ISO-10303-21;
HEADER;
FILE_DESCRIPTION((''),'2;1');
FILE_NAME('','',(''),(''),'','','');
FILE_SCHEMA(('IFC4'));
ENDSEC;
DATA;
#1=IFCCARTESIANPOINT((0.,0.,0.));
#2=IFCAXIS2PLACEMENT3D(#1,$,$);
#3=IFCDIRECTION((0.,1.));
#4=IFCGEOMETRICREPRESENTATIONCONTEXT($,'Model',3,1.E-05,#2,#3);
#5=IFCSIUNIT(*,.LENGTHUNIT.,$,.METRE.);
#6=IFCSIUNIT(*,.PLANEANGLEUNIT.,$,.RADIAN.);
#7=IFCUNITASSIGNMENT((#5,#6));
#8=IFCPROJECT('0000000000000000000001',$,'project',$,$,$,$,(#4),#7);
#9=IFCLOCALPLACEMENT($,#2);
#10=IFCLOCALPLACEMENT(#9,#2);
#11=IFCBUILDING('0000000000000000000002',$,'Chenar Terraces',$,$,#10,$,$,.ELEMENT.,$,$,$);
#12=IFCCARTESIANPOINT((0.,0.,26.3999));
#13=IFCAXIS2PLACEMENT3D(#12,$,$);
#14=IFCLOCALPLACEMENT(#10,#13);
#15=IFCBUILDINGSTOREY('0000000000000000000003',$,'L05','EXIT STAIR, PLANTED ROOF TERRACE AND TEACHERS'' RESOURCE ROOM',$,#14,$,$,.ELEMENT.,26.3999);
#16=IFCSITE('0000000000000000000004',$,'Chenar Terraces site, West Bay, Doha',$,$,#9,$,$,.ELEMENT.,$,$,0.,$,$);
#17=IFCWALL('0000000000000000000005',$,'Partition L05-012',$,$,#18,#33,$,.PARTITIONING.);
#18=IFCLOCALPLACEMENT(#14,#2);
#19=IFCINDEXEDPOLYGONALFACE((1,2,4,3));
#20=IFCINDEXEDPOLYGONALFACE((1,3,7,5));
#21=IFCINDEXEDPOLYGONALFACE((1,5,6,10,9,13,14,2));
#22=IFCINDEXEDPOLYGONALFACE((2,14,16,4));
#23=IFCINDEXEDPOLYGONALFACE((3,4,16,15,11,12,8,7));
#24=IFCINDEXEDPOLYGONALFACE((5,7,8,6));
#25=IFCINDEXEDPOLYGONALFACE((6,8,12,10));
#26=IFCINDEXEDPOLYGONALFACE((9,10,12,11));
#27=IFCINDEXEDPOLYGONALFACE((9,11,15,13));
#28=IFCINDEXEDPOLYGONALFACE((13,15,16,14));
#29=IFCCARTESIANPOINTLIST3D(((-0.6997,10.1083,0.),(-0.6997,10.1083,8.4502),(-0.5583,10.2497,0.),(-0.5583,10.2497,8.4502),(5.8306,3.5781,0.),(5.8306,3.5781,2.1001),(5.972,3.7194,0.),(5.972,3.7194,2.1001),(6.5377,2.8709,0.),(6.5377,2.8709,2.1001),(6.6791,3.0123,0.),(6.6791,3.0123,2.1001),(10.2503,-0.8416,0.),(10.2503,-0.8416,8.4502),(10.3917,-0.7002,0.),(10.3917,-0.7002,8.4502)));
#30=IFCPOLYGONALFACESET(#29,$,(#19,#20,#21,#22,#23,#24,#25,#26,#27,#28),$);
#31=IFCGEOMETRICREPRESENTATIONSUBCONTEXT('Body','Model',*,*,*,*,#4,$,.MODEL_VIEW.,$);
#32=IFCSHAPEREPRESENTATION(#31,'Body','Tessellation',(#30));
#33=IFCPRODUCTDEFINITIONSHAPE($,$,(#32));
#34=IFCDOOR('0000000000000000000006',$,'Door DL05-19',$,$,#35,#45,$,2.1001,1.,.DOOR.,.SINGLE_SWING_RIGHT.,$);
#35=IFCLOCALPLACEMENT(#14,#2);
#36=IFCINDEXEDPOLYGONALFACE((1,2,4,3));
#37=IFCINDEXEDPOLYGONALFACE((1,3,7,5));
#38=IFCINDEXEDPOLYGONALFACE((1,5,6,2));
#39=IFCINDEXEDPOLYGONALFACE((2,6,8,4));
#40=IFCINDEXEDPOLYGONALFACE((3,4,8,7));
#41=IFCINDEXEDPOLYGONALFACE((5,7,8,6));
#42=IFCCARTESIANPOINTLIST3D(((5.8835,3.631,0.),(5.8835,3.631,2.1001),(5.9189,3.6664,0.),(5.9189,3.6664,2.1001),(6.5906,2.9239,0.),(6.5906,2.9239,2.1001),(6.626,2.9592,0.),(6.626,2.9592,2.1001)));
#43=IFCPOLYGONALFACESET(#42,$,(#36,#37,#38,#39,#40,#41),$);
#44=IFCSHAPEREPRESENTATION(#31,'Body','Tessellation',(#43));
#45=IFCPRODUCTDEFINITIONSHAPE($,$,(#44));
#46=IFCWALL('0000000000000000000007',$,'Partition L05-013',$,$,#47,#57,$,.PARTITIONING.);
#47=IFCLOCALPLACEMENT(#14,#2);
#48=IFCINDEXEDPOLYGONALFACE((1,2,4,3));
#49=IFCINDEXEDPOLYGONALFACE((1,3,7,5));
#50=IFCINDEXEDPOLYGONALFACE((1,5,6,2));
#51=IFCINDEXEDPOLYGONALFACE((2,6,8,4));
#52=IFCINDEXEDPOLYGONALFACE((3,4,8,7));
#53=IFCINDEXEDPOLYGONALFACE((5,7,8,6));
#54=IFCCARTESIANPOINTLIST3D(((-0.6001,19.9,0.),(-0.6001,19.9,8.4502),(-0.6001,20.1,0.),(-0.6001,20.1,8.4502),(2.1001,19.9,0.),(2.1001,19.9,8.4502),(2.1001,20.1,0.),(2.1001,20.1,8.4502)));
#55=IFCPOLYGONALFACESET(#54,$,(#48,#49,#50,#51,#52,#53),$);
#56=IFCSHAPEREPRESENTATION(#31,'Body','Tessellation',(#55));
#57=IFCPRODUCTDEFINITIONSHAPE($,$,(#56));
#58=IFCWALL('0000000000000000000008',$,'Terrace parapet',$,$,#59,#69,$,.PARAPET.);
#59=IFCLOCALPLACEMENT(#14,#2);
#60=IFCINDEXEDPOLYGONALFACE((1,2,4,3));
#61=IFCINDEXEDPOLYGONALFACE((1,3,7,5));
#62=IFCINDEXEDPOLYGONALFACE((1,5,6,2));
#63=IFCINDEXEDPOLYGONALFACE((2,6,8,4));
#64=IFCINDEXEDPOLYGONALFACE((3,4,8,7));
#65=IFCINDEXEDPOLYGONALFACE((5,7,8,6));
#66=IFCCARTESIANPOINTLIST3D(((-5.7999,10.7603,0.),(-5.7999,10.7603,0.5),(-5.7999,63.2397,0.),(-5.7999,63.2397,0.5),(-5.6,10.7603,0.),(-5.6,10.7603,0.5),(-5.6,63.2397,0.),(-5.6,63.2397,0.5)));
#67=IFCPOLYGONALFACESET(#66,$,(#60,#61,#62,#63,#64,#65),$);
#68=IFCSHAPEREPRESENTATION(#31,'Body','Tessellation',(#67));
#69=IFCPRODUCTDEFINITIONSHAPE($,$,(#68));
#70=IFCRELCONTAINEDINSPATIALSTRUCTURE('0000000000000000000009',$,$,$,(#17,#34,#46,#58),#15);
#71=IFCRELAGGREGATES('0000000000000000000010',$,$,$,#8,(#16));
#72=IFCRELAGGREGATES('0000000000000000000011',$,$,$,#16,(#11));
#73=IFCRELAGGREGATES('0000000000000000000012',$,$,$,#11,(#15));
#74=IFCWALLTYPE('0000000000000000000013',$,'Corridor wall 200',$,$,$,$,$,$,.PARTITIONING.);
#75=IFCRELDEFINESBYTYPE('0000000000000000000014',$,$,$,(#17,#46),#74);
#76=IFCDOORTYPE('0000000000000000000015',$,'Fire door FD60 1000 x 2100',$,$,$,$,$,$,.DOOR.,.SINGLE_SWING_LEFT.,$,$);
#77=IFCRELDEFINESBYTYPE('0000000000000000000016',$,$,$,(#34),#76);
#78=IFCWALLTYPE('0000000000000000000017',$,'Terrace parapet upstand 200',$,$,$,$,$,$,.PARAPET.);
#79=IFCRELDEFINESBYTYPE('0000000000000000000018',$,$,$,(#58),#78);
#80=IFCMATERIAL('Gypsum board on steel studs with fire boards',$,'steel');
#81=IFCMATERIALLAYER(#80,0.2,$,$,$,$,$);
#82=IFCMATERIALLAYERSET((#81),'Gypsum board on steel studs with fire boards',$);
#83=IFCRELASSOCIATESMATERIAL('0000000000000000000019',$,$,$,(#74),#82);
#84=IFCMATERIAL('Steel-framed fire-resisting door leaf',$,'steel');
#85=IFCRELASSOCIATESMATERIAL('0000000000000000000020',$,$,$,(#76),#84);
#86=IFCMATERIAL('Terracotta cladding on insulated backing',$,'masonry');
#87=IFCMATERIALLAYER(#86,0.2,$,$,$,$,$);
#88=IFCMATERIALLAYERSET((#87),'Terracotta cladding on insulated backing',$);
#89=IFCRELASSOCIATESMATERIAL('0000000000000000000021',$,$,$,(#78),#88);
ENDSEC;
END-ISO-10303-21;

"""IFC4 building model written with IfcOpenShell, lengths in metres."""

from ifc_helpers import new_model, si_unit, direction, frame, frame_2d, origin, place, context, subcontext, project, spatial, rectangle, extrude, material, layer, layer_set, type_object, element, fill, save


model = new_model("IFC4")

# Units and contexts
model_context = context("Model", 3, precision=1e-05, world=origin(), true_north=direction((0.0, 1.0)))
body_context = subcontext(model_context, "Body", "Model", "MODEL_VIEW")
ifc_project = project(units=[si_unit("LENGTHUNIT", "METRE"), si_unit("PLANEANGLEUNIT", "RADIAN")], contexts=[model_context])

# Site, building, storey
site_placement = place(None, origin())
site = spatial("IfcSite", under=ifc_project, at=site_placement, Name="Chenar Terraces site, West Bay, Doha", CompositionType="ELEMENT", RefElevation=0.0)
building_placement = place(site_placement, origin())
building = spatial("IfcBuilding", under=site, at=building_placement, Name="Chenar Terraces", CompositionType="ELEMENT")
storey_placement = place(building_placement, frame((0.0, 0.0, 26.3999)))
storey = spatial("IfcBuildingStorey", under=building, at=storey_placement, Name="L05", Description="EXIT STAIR, PLANTED ROOF TERRACE AND TEACHERS' RESOURCE ROOM", CompositionType="ELEMENT", Elevation=26.3999)

# Shared definitions
ifc_material_1 = material(Name="Gypsum board on steel studs with fire boards", Category="steel")
ifc_layer_1 = layer(ifc_material_1, 0.2)
ifc_layer_set_1 = layer_set([ifc_layer_1], Name="Gypsum board on steel studs with fire boards")
wall_type_1 = type_object("IfcWallType", Name="Corridor wall 200", PredefinedType="PARTITIONING", material=ifc_layer_set_1)
ifc_material_2 = material(Name="Steel-framed fire-resisting door leaf", Category="steel")
door_type_1 = type_object("IfcDoorType", Name="Fire door FD60 1000 x 2100", OperationType="SINGLE_SWING_LEFT", PredefinedType="DOOR", material=ifc_material_2)

# Wall, opening, door
wall_1_placement = place(storey_placement, frame((-0.6289, 10.179, 0.0), z_axis=(0.0, 0.0, 1.0), x_axis=(0.707107, -0.707107, 0.0)))
wall_1 = element("IfcWall", 1, at=wall_1_placement, inside=storey, type_object=wall_type_1, Name="Partition L05-012", PredefinedType="PARTITIONING", context=body_context, shape_type="SweptSolid", body=[
    extrude(rectangle(XDim=15.4856, YDim=0.2, at=frame_2d((7.7427, 0.0))), origin(), (0.0, 0.0, 1.0), 8.4502),
])
opening_1_placement = place(wall_1_placement, frame((9.2351, 0.0, 0.0)))
opening_1 = element("IfcOpeningElement", 2, at=opening_1_placement, cuts=wall_1, PredefinedType="OPENING", context=body_context, shape_type="SweptSolid", body=[
    extrude(rectangle(XDim=1.0, YDim=2.1001, at=frame_2d((0.5, 1.05))), frame((0.0, 0.1099, 0.0), z_axis=(0.0, -1.0, 0.0), x_axis=(1.0, 0.0, 0.0)), (0.0, 0.0, 1.0), 0.22),
])
door_1_placement = place(opening_1_placement, origin())
door_1 = element("IfcDoor", 3, at=door_1_placement, inside=storey, type_object=door_type_1, Name="Door DL05-19", OperationType="SINGLE_SWING_RIGHT", OverallHeight=2.1001, OverallWidth=1.0, PredefinedType="DOOR", context=body_context, shape_type="SweptSolid", body=[
    extrude(rectangle(XDim=1.0, YDim=2.1001, at=frame_2d((0.5, 1.05))), frame((0.0, 0.0249, 0.0), z_axis=(0.0, -1.0, 0.0), x_axis=(1.0, 0.0, 0.0)), (0.0, 0.0, 1.0), 0.05),
])
fill(opening_1, door_1)

# Walls
wall_2_placement = place(storey_placement, frame((-0.6001, 20.0, 0.0), z_axis=(0.0, 0.0, 1.0), x_axis=(1.0, 0.0, 0.0)))
element("IfcWall", 4, at=wall_2_placement, inside=storey, type_object=wall_type_1, Name="Partition L05-013", PredefinedType="PARTITIONING", context=body_context, shape_type="SweptSolid", body=[
    extrude(rectangle(XDim=2.7002, YDim=0.2, at=frame_2d((1.3501, 0.0))), origin(), (0.0, 0.0, 1.0), 8.4502),
])
ifc_material_3 = material(Name="Terracotta cladding on insulated backing", Category="masonry")
ifc_layer_2 = layer(ifc_material_3, 0.2)
ifc_layer_set_2 = layer_set([ifc_layer_2], Name="Terracotta cladding on insulated backing")
wall_type_2 = type_object("IfcWallType", Name="Terrace parapet upstand 200", PredefinedType="PARAPET", material=ifc_layer_set_2)
wall_3_placement = place(storey_placement, frame((-5.7, 10.7603, 0.0), z_axis=(0.0, 0.0, 1.0), x_axis=(0.0, 1.0, 0.0)))
element("IfcWall", 5, at=wall_3_placement, inside=storey, type_object=wall_type_2, Name="Terrace parapet", PredefinedType="PARAPET", context=body_context, shape_type="SweptSolid", body=[
    extrude(rectangle(XDim=52.4795, YDim=0.2, at=frame_2d((26.2397, 0.0))), origin(), (0.0, 0.0, 1.0), 0.5),
])

save(model, "model.ifc")
